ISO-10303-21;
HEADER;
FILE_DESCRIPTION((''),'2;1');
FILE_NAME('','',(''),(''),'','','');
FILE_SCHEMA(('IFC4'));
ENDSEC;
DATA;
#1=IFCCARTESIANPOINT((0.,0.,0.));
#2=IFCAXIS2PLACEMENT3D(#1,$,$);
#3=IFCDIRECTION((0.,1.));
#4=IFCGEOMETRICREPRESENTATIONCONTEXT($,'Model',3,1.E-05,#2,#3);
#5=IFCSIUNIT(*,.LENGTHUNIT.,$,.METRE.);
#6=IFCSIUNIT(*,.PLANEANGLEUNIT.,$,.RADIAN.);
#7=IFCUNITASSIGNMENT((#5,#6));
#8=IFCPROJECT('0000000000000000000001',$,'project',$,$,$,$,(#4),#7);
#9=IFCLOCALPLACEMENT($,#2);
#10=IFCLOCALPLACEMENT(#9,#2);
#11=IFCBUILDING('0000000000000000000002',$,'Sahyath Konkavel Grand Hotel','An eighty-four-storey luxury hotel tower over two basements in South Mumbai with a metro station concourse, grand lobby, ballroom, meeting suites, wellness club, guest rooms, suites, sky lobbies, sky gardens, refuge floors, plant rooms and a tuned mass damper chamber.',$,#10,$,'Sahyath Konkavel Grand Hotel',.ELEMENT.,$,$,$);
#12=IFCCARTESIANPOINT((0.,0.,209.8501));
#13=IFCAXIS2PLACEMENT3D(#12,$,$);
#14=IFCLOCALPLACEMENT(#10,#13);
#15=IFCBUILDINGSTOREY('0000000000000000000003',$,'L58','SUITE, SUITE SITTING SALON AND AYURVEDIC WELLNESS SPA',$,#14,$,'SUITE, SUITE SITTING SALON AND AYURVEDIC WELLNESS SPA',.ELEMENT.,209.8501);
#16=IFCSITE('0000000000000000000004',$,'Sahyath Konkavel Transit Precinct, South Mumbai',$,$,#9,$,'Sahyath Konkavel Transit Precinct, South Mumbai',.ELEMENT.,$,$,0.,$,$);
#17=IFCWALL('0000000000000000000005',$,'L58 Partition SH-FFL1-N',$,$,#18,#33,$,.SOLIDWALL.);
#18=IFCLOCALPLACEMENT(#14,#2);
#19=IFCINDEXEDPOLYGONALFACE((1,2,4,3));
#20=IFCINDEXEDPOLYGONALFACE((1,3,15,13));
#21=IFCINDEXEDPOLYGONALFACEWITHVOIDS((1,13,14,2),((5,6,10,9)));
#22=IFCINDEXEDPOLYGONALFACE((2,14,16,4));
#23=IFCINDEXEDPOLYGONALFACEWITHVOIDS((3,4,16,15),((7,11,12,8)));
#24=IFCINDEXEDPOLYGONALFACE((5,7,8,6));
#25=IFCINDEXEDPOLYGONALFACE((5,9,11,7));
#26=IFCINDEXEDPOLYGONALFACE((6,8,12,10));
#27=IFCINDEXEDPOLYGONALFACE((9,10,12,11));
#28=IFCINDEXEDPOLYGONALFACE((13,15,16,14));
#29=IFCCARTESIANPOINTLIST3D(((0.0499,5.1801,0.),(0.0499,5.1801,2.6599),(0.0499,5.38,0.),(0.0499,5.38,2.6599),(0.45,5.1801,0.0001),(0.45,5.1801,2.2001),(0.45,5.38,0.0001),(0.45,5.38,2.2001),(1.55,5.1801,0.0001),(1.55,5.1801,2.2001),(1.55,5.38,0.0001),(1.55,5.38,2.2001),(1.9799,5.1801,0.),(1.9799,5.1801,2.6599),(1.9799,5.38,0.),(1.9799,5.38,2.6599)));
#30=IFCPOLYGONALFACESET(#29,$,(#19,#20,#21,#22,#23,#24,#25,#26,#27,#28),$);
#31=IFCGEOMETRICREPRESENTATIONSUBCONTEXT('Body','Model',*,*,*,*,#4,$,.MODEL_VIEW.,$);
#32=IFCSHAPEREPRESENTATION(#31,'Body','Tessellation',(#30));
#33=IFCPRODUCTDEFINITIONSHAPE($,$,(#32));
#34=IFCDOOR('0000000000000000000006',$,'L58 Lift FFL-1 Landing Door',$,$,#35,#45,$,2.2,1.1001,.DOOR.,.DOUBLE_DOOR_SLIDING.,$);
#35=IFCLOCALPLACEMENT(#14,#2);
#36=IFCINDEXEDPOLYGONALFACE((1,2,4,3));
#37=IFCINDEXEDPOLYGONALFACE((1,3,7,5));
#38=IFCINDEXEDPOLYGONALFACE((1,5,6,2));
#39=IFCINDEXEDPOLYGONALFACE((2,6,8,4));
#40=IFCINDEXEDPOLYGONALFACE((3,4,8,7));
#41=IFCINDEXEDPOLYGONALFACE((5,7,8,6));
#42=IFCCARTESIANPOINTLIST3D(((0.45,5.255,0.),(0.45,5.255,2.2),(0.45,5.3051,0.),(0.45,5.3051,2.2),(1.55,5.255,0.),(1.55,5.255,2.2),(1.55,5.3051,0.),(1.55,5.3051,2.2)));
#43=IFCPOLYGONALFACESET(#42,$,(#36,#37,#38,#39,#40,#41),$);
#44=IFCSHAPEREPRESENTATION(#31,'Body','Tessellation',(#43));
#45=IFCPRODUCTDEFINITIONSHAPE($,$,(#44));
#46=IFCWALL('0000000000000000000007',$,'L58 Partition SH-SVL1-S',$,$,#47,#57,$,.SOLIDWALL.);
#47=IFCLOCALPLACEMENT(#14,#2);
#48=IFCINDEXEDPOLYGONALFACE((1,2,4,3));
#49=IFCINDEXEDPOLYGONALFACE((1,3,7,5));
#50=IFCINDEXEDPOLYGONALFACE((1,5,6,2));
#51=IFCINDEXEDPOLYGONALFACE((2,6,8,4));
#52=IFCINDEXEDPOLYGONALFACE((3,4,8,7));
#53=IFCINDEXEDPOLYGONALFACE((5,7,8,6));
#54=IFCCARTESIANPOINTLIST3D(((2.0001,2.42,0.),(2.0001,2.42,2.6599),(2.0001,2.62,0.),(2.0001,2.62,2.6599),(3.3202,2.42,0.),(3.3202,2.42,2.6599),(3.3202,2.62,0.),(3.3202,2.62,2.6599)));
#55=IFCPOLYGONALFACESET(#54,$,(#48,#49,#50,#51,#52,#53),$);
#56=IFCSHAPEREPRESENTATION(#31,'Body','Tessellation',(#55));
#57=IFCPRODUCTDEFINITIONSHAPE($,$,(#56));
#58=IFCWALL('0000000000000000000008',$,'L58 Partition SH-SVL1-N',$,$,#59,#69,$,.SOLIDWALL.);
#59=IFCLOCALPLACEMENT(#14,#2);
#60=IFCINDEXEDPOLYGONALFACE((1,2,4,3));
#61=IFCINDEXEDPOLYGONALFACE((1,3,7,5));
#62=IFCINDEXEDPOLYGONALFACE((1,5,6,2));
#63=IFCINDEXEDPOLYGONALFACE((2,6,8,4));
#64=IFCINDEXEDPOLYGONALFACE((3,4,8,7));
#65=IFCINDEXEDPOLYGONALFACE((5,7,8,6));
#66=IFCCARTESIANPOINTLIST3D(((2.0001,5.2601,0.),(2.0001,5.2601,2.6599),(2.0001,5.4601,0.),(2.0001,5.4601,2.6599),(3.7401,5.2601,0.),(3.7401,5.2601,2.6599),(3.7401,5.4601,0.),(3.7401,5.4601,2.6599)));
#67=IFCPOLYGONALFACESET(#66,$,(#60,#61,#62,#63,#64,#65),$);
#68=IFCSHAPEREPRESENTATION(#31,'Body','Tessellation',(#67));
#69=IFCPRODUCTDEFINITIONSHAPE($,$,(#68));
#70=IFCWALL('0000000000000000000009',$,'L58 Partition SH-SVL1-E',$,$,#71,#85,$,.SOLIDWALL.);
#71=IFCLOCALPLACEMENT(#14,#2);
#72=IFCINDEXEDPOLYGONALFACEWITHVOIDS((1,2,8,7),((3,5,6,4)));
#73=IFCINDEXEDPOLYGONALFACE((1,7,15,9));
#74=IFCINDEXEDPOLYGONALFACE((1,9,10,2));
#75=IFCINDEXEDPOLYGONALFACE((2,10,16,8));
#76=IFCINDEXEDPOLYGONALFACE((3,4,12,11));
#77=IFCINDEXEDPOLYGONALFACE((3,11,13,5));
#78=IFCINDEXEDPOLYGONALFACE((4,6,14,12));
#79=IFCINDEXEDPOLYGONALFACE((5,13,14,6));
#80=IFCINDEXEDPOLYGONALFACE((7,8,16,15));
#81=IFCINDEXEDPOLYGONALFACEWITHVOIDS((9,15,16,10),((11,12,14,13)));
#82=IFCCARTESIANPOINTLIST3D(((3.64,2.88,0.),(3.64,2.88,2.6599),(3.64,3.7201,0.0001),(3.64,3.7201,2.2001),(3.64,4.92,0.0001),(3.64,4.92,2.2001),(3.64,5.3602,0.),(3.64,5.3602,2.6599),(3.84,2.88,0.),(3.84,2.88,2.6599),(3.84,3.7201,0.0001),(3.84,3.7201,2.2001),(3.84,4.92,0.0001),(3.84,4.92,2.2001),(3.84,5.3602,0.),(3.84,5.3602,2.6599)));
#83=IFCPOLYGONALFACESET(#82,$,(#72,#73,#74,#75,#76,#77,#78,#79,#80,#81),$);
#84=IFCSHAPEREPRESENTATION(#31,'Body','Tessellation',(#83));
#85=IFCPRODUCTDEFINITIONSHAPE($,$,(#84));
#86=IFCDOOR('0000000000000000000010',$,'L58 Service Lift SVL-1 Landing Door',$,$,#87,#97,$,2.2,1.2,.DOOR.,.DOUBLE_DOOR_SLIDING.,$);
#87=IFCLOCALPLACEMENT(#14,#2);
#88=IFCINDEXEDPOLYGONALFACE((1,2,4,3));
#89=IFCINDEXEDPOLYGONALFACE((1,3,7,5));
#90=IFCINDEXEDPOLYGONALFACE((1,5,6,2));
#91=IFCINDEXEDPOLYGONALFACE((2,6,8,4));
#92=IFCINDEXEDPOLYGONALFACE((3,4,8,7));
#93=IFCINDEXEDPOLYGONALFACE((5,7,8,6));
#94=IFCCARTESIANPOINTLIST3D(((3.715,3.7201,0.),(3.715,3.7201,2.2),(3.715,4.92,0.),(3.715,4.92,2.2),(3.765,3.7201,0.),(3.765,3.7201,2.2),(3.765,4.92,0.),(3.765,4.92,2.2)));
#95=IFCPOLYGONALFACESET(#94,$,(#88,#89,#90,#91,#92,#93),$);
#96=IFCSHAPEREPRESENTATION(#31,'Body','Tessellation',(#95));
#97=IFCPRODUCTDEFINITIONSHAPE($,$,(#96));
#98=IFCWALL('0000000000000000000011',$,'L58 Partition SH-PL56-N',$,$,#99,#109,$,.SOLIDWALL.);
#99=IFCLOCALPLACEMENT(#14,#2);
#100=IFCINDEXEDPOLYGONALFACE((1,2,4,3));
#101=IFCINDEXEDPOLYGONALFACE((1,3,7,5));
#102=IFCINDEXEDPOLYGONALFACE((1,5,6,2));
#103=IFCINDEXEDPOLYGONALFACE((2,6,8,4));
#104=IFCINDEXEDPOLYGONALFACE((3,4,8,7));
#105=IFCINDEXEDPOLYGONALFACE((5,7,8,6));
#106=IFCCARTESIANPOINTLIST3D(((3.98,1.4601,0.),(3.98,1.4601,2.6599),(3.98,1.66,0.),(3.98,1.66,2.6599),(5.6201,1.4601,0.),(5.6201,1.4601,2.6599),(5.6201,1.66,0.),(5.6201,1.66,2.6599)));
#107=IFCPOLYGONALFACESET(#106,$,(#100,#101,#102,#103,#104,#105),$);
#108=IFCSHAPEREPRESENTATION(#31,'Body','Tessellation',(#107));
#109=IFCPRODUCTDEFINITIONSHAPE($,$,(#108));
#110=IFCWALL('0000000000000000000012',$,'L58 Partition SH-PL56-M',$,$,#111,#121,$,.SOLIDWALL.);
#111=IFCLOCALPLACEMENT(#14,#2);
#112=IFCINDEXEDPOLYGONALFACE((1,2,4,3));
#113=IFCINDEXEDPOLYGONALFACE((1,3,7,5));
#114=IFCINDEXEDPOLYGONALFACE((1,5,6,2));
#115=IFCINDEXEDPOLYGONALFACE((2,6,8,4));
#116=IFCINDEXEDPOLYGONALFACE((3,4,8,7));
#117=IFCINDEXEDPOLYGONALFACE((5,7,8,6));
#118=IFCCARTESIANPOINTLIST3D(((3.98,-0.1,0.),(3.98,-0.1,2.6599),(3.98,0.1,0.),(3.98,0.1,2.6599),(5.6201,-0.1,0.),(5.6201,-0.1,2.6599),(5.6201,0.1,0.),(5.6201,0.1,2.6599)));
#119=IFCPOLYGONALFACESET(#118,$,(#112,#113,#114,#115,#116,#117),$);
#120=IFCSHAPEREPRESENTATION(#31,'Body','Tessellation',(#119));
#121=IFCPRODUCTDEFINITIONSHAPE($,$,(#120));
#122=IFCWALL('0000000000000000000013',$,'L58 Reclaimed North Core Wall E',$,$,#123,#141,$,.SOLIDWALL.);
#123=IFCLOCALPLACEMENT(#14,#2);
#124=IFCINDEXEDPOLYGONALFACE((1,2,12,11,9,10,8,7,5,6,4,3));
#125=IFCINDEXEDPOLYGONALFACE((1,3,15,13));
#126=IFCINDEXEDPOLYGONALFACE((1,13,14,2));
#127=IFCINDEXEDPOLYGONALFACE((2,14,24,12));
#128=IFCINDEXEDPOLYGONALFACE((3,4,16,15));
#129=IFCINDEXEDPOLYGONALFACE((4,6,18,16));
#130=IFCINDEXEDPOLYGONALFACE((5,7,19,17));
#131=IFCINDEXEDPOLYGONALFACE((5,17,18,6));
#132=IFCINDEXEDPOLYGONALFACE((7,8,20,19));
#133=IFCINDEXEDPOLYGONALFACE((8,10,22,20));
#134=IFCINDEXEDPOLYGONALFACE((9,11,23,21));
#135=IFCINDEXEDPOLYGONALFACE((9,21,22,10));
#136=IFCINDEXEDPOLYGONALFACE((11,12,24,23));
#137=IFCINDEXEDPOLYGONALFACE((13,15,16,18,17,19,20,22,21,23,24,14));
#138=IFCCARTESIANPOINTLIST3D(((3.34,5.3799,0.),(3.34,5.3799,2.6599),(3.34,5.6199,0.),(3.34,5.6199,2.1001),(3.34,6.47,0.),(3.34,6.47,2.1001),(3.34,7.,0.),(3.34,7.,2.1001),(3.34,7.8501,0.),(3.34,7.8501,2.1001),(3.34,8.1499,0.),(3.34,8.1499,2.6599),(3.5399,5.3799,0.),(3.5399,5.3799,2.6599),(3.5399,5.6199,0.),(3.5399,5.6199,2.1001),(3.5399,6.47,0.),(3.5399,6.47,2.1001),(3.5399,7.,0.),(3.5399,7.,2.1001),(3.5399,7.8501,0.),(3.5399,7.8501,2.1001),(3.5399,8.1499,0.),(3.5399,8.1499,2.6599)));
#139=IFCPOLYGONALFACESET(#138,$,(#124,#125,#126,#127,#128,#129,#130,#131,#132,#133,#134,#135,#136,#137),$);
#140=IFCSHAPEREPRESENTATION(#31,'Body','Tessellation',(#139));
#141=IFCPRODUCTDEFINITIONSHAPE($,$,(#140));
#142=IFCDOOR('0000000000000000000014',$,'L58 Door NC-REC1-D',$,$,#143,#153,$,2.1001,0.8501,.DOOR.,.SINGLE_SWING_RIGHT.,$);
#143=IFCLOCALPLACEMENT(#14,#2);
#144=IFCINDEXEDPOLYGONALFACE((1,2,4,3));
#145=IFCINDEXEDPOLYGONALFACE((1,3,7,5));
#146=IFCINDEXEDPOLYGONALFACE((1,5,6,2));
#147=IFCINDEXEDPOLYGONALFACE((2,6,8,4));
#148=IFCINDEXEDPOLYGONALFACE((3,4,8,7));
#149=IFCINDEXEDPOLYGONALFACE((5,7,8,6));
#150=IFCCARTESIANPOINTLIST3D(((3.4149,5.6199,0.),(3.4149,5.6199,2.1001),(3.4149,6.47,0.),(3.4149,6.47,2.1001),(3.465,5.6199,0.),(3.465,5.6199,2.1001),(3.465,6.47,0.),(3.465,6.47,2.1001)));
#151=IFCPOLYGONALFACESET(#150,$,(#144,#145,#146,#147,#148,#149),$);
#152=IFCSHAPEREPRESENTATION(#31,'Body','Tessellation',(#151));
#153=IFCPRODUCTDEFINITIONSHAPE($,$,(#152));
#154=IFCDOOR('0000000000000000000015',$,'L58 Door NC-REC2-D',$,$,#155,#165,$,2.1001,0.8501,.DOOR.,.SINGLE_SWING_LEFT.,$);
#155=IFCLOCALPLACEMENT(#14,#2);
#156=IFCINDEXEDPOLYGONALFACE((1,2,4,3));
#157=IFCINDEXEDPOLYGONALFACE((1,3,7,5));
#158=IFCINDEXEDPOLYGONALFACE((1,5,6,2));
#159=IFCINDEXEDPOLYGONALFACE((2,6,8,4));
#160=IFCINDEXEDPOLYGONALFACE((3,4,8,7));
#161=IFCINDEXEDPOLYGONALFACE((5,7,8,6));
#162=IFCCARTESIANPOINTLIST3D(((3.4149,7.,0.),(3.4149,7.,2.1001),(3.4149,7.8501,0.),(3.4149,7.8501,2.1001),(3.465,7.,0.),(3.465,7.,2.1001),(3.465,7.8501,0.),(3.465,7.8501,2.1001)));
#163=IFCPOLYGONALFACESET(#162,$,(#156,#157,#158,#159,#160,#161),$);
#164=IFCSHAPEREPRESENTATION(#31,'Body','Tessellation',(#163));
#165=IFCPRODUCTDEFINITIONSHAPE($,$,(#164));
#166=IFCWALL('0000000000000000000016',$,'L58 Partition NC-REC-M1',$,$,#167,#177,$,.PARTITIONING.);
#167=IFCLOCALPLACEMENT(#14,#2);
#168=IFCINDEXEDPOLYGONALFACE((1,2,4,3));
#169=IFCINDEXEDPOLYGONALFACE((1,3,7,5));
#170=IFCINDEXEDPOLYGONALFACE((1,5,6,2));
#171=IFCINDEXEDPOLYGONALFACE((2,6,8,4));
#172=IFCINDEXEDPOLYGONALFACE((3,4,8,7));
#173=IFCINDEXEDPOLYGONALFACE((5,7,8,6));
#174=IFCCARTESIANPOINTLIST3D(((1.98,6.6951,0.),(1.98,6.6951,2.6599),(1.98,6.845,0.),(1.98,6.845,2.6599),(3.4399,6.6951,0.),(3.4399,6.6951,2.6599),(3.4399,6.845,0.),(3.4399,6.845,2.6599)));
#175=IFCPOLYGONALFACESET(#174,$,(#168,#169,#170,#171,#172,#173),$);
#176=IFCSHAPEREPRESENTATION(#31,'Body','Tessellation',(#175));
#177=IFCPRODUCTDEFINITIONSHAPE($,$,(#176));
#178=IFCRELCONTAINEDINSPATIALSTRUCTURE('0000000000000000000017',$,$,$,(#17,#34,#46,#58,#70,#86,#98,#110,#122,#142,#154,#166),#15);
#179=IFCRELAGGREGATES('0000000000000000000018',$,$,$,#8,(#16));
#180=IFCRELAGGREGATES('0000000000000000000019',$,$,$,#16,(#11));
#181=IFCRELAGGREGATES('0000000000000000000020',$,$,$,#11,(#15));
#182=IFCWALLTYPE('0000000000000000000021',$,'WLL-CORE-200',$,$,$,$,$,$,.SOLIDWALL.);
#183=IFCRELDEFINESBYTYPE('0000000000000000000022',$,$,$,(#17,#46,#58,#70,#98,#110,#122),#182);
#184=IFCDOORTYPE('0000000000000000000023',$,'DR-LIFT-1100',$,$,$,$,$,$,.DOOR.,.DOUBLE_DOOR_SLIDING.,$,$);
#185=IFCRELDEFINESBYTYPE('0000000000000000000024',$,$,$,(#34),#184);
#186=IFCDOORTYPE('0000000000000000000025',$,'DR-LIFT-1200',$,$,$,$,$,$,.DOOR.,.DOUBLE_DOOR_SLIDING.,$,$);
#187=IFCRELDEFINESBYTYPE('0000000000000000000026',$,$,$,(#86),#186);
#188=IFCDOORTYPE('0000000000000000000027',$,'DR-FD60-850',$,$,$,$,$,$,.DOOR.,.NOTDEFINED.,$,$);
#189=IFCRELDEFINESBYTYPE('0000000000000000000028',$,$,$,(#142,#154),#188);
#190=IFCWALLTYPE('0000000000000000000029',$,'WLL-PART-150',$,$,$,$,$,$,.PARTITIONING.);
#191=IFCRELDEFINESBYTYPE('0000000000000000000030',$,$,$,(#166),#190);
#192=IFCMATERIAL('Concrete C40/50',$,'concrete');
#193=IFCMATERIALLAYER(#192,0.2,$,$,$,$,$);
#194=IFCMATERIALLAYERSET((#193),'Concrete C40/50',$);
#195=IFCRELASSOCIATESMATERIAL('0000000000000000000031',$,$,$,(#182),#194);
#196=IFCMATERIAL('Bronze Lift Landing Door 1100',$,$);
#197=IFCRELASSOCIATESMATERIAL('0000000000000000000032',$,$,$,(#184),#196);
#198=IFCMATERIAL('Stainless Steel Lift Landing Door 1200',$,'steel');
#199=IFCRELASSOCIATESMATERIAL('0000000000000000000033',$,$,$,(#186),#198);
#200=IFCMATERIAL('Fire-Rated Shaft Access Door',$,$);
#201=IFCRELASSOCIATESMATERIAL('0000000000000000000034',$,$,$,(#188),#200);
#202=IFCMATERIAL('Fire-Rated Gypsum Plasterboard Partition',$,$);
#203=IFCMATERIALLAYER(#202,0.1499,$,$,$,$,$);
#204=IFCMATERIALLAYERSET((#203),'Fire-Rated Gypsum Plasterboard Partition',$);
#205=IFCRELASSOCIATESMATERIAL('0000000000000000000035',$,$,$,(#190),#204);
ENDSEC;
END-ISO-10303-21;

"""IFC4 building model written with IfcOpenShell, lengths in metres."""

from ifc_helpers import new_model, si_unit, direction, frame, frame_2d, origin, origin_2d, place, context, subcontext, project, spatial, rectangle, extrude, source, transform, mapped, material, layer, layer_set, type_object, element, fill, save


model = new_model("IFC4")

# Units and contexts
model_context = context("Model", 3, precision=1e-05, world=origin(), true_north=direction((0.0, 1.0)))
body_context = subcontext(model_context, "Body", "Model", "MODEL_VIEW")
ifc_project = project(units=[si_unit("LENGTHUNIT", "METRE"), si_unit("PLANEANGLEUNIT", "RADIAN")], contexts=[model_context])

# Site, building, storey
site_placement = place(None, origin())
site = spatial("IfcSite", under=ifc_project, at=site_placement, Name="Sahyath Konkavel Transit Precinct, South Mumbai", LongName="Sahyath Konkavel Transit Precinct, South Mumbai", CompositionType="ELEMENT", RefElevation=0.0)
building_placement = place(site_placement, origin())
building = spatial("IfcBuilding", under=site, at=building_placement, Name="Sahyath Konkavel Grand Hotel", Description="An eighty-four-storey luxury hotel tower over two basements in South Mumbai with a metro station concourse, grand lobby, ballroom, meeting suites, wellness club, guest rooms, suites, sky lobbies, sky gardens, refuge floors, plant rooms and a tuned mass damper chamber.", LongName="Sahyath Konkavel Grand Hotel", CompositionType="ELEMENT")
storey_placement = place(building_placement, frame((0.0, 0.0, 209.8501)))
storey = spatial("IfcBuildingStorey", under=building, at=storey_placement, Name="L58", Description="SUITE, SUITE SITTING SALON AND AYURVEDIC WELLNESS SPA", LongName="SUITE, SUITE SITTING SALON AND AYURVEDIC WELLNESS SPA", CompositionType="ELEMENT", Elevation=209.8501)

# Shared definitions
ifc_material_1 = material(Name="Concrete C40/50", Category="concrete")

# Shared definitions
ifc_layer_1 = layer(ifc_material_1, 0.2)
ifc_layer_set_1 = layer_set([ifc_layer_1], Name="Concrete C40/50")
wall_type_1 = type_object("IfcWallType", Name="WLL-CORE-200", PredefinedType="SOLIDWALL", material=ifc_layer_set_1)
shared_shape_1 = source(origin(), body_context, "Body", "SweptSolid", [
    extrude(rectangle(XDim=0.8501, YDim=0.05, at=origin_2d()), origin(), (0.0, 0.0, 1.0), 2.1001),
])

# Wall, opening, door
wall_1_placement = place(storey_placement, frame((0.05, 5.28, 0.0), z_axis=(0.0, 0.0, 1.0), x_axis=(1.0, 0.0, 0.0)))
wall_1 = element("IfcWall", 1, at=wall_1_placement, inside=storey, type_object=wall_type_1, Name="L58 Partition SH-FFL1-N", PredefinedType="SOLIDWALL", context=body_context, shape_type="SweptSolid", body=[
    extrude(rectangle(XDim=1.9299, YDim=0.2, at=frame_2d((0.9648, 0.0))), origin(), (0.0, 0.0, 1.0), 2.6599),
])
opening_1_placement = place(wall_1_placement, frame((0.3999, 0.0, 0.0)))
opening_1 = element("IfcOpeningElement", 2, at=opening_1_placement, cuts=wall_1, PredefinedType="OPENING", context=body_context, shape_type="SweptSolid", body=[
    extrude(rectangle(XDim=1.1001, YDim=2.2, at=frame_2d((0.55, 1.1001))), frame((0.0, 0.1099, 0.0), z_axis=(0.0, -1.0, 0.0), x_axis=(1.0, 0.0, 0.0)), (0.0, 0.0, 1.0), 0.22),
])
ifc_material_2 = material(Name="Bronze Lift Landing Door 1100")
door_type_1 = type_object("IfcDoorType", Name="DR-LIFT-1100", OperationType="DOUBLE_DOOR_SLIDING", PredefinedType="DOOR", material=ifc_material_2)
shared_shape_2 = source(origin(), body_context, "Body", "SweptSolid", [
    extrude(rectangle(XDim=1.1001, YDim=0.05, at=origin_2d()), origin(), (0.0, 0.0, 1.0), 2.2),
])
door_1_placement = place(opening_1_placement, frame((0.55, 0.0, 0.0)))
door_1 = element("IfcDoor", 3, at=door_1_placement, inside=storey, type_object=door_type_1, Name="L58 Lift FFL-1 Landing Door", OperationType="DOUBLE_DOOR_SLIDING", OverallHeight=2.2, OverallWidth=1.1001, PredefinedType="DOOR", context=body_context, shape_type="MappedRepresentation", body=[
    mapped(shared_shape_2, transform((0.0, 0.0, 0.0), scale=1.0)),
])
fill(opening_1, door_1)

# Walls
wall_2_placement = place(storey_placement, frame((2.0, 2.52, 0.0), z_axis=(0.0, 0.0, 1.0), x_axis=(1.0, 0.0, 0.0)))
element("IfcWall", 4, at=wall_2_placement, inside=storey, type_object=wall_type_1, Name="L58 Partition SH-SVL1-S", PredefinedType="SOLIDWALL", context=body_context, shape_type="SweptSolid", body=[
    extrude(rectangle(XDim=1.3201, YDim=0.2, at=frame_2d((0.6602, 0.0))), origin(), (0.0, 0.0, 1.0), 2.6599),
])
wall_3_placement = place(storey_placement, frame((2.0, 5.3601, 0.0), z_axis=(0.0, 0.0, 1.0), x_axis=(1.0, 0.0, 0.0)))
element("IfcWall", 5, at=wall_3_placement, inside=storey, type_object=wall_type_1, Name="L58 Partition SH-SVL1-N", PredefinedType="SOLIDWALL", context=body_context, shape_type="SweptSolid", body=[
    extrude(rectangle(XDim=1.74, YDim=0.2, at=frame_2d((0.8701, 0.0))), origin(), (0.0, 0.0, 1.0), 2.6599),
])

# Wall, opening, door
wall_4_placement = place(storey_placement, frame((3.74, 2.8799, 0.0), z_axis=(0.0, 0.0, 1.0), x_axis=(0.0, 1.0, 0.0)))
wall_4 = element("IfcWall", 6, at=wall_4_placement, inside=storey, type_object=wall_type_1, Name="L58 Partition SH-SVL1-E", PredefinedType="SOLIDWALL", context=body_context, shape_type="SweptSolid", body=[
    extrude(rectangle(XDim=2.4802, YDim=0.2, at=frame_2d((1.2402, 0.0))), origin(), (0.0, 0.0, 1.0), 2.6599),
])
opening_2_placement = place(wall_4_placement, frame((0.8401, 0.0, 0.0)))
opening_2 = element("IfcOpeningElement", 7, at=opening_2_placement, cuts=wall_4, PredefinedType="OPENING", context=body_context, shape_type="SweptSolid", body=[
    extrude(rectangle(XDim=1.2, YDim=2.2, at=frame_2d((0.6001, 1.1001))), frame((0.0, 0.1099, 0.0), z_axis=(0.0, -1.0, 0.0), x_axis=(1.0, 0.0, 0.0)), (0.0, 0.0, 1.0), 0.22),
])
ifc_material_3 = material(Name="Stainless Steel Lift Landing Door 1200", Category="steel")
door_type_2 = type_object("IfcDoorType", Name="DR-LIFT-1200", OperationType="DOUBLE_DOOR_SLIDING", PredefinedType="DOOR", material=ifc_material_3)
shared_shape_3 = source(origin(), body_context, "Body", "SweptSolid", [
    extrude(rectangle(XDim=1.2, YDim=0.05, at=origin_2d()), origin(), (0.0, 0.0, 1.0), 2.2),
])
door_2_placement = place(opening_2_placement, frame((0.6001, 0.0, 0.0)))
door_2 = element("IfcDoor", 8, at=door_2_placement, inside=storey, type_object=door_type_2, Name="L58 Service Lift SVL-1 Landing Door", OperationType="DOUBLE_DOOR_SLIDING", OverallHeight=2.2, OverallWidth=1.2, PredefinedType="DOOR", context=body_context, shape_type="MappedRepresentation", body=[
    mapped(shared_shape_3, transform((0.0, 0.0, 0.0), scale=1.0)),
])
fill(opening_2, door_2)

# Walls
for number, where, z_axis, x_axis, name in (
    (9, (3.98, 1.5601, 0.0), (0.0, 0.0, 1.0), (1.0, 0.0, 0.0), "L58 Partition SH-PL56-N"),
    (10, (3.98, 0.0, 0.0), (0.0, 0.0, 1.0), (1.0, 0.0, 0.0), "L58 Partition SH-PL56-M"),
):
    element("IfcWall", number, at=place(storey_placement, frame(where, z_axis=z_axis, x_axis=x_axis)), inside=storey, type_object=wall_type_1, Name=name, PredefinedType="SOLIDWALL", context=body_context, shape_type="SweptSolid", body=[
        extrude(rectangle(XDim=1.6401, YDim=0.2, at=frame_2d((0.8201, 0.0))), origin(), (0.0, 0.0, 1.0), 2.6599),
    ])

# Wall, openings, doors
wall_5_placement = place(storey_placement, frame((3.4399, 5.3799, 0.0), z_axis=(0.0, 0.0, 1.0), x_axis=(0.0, 1.0, 0.0)))
wall_5 = element("IfcWall", 11, at=wall_5_placement, inside=storey, type_object=wall_type_1, Name="L58 Reclaimed North Core Wall E", PredefinedType="SOLIDWALL", context=body_context, shape_type="SweptSolid", body=[
    extrude(rectangle(XDim=2.77, YDim=0.2, at=frame_2d((1.385, 0.0))), origin(), (0.0, 0.0, 1.0), 2.6599),
])
opening_3_placement = place(wall_5_placement, frame((0.24, 0.0, 0.0)))
opening_3 = element("IfcOpeningElement", 12, at=opening_3_placement, cuts=wall_5, PredefinedType="OPENING", context=body_context, shape_type="SweptSolid", body=[
    extrude(rectangle(XDim=0.8501, YDim=2.1001, at=frame_2d((0.425, 1.05))), frame((0.0, 0.1099, 0.0), z_axis=(0.0, -1.0, 0.0), x_axis=(1.0, 0.0, 0.0)), (0.0, 0.0, 1.0), 0.22),
])
opening_4_placement = place(wall_5_placement, frame((1.6201, 0.0, 0.0)))
opening_4 = element("IfcOpeningElement", 13, at=opening_4_placement, cuts=wall_5, PredefinedType="OPENING", context=body_context, shape_type="SweptSolid", body=[
    extrude(rectangle(XDim=0.8501, YDim=2.1001, at=frame_2d((0.425, 1.05))), frame((0.0, 0.1099, 0.0), z_axis=(0.0, -1.0, 0.0), x_axis=(1.0, 0.0, 0.0)), (0.0, 0.0, 1.0), 0.22),
])
ifc_material_4 = material(Name="Fire-Rated Shaft Access Door")
door_type_3 = type_object("IfcDoorType", Name="DR-FD60-850", OperationType="NOTDEFINED", PredefinedType="DOOR", material=ifc_material_4)
door_3_placement = place(opening_3_placement, frame((0.425, 0.0, 0.0)))
door_3 = element("IfcDoor", 14, at=door_3_placement, inside=storey, type_object=door_type_3, Name="L58 Door NC-REC1-D", OperationType="SINGLE_SWING_RIGHT", OverallHeight=2.1001, OverallWidth=0.8501, PredefinedType="DOOR", context=body_context, shape_type="MappedRepresentation", body=[
    mapped(shared_shape_1, transform((0.0, 0.0, 0.0), scale=1.0)),
])
fill(opening_3, door_3)
door_4_placement = place(opening_4_placement, frame((0.425, 0.0, 0.0)))
door_4 = element("IfcDoor", 15, at=door_4_placement, inside=storey, type_object=door_type_3, Name="L58 Door NC-REC2-D", OperationType="SINGLE_SWING_LEFT", OverallHeight=2.1001, OverallWidth=0.8501, PredefinedType="DOOR", context=body_context, shape_type="MappedRepresentation", body=[
    mapped(shared_shape_1, transform((0.0, 0.0, 0.0), scale=1.0)),
])
fill(opening_4, door_4)

# Wall
ifc_material_5 = material(Name="Fire-Rated Gypsum Plasterboard Partition")
ifc_layer_2 = layer(ifc_material_5, 0.1499)
ifc_layer_set_2 = layer_set([ifc_layer_2], Name="Fire-Rated Gypsum Plasterboard Partition")
wall_type_2 = type_object("IfcWallType", Name="WLL-PART-150", PredefinedType="PARTITIONING", material=ifc_layer_set_2)
wall_6_placement = place(storey_placement, frame((1.98, 6.77, 0.0), z_axis=(0.0, 0.0, 1.0), x_axis=(1.0, 0.0, 0.0)))
element("IfcWall", 16, at=wall_6_placement, inside=storey, type_object=wall_type_2, Name="L58 Partition NC-REC-M1", PredefinedType="PARTITIONING", context=body_context, shape_type="SweptSolid", body=[
    extrude(rectangle(XDim=1.46, YDim=0.1499, at=frame_2d((0.73, 0.0))), origin(), (0.0, 0.0, 1.0), 2.6599),
])

save(model, "model.ifc")
